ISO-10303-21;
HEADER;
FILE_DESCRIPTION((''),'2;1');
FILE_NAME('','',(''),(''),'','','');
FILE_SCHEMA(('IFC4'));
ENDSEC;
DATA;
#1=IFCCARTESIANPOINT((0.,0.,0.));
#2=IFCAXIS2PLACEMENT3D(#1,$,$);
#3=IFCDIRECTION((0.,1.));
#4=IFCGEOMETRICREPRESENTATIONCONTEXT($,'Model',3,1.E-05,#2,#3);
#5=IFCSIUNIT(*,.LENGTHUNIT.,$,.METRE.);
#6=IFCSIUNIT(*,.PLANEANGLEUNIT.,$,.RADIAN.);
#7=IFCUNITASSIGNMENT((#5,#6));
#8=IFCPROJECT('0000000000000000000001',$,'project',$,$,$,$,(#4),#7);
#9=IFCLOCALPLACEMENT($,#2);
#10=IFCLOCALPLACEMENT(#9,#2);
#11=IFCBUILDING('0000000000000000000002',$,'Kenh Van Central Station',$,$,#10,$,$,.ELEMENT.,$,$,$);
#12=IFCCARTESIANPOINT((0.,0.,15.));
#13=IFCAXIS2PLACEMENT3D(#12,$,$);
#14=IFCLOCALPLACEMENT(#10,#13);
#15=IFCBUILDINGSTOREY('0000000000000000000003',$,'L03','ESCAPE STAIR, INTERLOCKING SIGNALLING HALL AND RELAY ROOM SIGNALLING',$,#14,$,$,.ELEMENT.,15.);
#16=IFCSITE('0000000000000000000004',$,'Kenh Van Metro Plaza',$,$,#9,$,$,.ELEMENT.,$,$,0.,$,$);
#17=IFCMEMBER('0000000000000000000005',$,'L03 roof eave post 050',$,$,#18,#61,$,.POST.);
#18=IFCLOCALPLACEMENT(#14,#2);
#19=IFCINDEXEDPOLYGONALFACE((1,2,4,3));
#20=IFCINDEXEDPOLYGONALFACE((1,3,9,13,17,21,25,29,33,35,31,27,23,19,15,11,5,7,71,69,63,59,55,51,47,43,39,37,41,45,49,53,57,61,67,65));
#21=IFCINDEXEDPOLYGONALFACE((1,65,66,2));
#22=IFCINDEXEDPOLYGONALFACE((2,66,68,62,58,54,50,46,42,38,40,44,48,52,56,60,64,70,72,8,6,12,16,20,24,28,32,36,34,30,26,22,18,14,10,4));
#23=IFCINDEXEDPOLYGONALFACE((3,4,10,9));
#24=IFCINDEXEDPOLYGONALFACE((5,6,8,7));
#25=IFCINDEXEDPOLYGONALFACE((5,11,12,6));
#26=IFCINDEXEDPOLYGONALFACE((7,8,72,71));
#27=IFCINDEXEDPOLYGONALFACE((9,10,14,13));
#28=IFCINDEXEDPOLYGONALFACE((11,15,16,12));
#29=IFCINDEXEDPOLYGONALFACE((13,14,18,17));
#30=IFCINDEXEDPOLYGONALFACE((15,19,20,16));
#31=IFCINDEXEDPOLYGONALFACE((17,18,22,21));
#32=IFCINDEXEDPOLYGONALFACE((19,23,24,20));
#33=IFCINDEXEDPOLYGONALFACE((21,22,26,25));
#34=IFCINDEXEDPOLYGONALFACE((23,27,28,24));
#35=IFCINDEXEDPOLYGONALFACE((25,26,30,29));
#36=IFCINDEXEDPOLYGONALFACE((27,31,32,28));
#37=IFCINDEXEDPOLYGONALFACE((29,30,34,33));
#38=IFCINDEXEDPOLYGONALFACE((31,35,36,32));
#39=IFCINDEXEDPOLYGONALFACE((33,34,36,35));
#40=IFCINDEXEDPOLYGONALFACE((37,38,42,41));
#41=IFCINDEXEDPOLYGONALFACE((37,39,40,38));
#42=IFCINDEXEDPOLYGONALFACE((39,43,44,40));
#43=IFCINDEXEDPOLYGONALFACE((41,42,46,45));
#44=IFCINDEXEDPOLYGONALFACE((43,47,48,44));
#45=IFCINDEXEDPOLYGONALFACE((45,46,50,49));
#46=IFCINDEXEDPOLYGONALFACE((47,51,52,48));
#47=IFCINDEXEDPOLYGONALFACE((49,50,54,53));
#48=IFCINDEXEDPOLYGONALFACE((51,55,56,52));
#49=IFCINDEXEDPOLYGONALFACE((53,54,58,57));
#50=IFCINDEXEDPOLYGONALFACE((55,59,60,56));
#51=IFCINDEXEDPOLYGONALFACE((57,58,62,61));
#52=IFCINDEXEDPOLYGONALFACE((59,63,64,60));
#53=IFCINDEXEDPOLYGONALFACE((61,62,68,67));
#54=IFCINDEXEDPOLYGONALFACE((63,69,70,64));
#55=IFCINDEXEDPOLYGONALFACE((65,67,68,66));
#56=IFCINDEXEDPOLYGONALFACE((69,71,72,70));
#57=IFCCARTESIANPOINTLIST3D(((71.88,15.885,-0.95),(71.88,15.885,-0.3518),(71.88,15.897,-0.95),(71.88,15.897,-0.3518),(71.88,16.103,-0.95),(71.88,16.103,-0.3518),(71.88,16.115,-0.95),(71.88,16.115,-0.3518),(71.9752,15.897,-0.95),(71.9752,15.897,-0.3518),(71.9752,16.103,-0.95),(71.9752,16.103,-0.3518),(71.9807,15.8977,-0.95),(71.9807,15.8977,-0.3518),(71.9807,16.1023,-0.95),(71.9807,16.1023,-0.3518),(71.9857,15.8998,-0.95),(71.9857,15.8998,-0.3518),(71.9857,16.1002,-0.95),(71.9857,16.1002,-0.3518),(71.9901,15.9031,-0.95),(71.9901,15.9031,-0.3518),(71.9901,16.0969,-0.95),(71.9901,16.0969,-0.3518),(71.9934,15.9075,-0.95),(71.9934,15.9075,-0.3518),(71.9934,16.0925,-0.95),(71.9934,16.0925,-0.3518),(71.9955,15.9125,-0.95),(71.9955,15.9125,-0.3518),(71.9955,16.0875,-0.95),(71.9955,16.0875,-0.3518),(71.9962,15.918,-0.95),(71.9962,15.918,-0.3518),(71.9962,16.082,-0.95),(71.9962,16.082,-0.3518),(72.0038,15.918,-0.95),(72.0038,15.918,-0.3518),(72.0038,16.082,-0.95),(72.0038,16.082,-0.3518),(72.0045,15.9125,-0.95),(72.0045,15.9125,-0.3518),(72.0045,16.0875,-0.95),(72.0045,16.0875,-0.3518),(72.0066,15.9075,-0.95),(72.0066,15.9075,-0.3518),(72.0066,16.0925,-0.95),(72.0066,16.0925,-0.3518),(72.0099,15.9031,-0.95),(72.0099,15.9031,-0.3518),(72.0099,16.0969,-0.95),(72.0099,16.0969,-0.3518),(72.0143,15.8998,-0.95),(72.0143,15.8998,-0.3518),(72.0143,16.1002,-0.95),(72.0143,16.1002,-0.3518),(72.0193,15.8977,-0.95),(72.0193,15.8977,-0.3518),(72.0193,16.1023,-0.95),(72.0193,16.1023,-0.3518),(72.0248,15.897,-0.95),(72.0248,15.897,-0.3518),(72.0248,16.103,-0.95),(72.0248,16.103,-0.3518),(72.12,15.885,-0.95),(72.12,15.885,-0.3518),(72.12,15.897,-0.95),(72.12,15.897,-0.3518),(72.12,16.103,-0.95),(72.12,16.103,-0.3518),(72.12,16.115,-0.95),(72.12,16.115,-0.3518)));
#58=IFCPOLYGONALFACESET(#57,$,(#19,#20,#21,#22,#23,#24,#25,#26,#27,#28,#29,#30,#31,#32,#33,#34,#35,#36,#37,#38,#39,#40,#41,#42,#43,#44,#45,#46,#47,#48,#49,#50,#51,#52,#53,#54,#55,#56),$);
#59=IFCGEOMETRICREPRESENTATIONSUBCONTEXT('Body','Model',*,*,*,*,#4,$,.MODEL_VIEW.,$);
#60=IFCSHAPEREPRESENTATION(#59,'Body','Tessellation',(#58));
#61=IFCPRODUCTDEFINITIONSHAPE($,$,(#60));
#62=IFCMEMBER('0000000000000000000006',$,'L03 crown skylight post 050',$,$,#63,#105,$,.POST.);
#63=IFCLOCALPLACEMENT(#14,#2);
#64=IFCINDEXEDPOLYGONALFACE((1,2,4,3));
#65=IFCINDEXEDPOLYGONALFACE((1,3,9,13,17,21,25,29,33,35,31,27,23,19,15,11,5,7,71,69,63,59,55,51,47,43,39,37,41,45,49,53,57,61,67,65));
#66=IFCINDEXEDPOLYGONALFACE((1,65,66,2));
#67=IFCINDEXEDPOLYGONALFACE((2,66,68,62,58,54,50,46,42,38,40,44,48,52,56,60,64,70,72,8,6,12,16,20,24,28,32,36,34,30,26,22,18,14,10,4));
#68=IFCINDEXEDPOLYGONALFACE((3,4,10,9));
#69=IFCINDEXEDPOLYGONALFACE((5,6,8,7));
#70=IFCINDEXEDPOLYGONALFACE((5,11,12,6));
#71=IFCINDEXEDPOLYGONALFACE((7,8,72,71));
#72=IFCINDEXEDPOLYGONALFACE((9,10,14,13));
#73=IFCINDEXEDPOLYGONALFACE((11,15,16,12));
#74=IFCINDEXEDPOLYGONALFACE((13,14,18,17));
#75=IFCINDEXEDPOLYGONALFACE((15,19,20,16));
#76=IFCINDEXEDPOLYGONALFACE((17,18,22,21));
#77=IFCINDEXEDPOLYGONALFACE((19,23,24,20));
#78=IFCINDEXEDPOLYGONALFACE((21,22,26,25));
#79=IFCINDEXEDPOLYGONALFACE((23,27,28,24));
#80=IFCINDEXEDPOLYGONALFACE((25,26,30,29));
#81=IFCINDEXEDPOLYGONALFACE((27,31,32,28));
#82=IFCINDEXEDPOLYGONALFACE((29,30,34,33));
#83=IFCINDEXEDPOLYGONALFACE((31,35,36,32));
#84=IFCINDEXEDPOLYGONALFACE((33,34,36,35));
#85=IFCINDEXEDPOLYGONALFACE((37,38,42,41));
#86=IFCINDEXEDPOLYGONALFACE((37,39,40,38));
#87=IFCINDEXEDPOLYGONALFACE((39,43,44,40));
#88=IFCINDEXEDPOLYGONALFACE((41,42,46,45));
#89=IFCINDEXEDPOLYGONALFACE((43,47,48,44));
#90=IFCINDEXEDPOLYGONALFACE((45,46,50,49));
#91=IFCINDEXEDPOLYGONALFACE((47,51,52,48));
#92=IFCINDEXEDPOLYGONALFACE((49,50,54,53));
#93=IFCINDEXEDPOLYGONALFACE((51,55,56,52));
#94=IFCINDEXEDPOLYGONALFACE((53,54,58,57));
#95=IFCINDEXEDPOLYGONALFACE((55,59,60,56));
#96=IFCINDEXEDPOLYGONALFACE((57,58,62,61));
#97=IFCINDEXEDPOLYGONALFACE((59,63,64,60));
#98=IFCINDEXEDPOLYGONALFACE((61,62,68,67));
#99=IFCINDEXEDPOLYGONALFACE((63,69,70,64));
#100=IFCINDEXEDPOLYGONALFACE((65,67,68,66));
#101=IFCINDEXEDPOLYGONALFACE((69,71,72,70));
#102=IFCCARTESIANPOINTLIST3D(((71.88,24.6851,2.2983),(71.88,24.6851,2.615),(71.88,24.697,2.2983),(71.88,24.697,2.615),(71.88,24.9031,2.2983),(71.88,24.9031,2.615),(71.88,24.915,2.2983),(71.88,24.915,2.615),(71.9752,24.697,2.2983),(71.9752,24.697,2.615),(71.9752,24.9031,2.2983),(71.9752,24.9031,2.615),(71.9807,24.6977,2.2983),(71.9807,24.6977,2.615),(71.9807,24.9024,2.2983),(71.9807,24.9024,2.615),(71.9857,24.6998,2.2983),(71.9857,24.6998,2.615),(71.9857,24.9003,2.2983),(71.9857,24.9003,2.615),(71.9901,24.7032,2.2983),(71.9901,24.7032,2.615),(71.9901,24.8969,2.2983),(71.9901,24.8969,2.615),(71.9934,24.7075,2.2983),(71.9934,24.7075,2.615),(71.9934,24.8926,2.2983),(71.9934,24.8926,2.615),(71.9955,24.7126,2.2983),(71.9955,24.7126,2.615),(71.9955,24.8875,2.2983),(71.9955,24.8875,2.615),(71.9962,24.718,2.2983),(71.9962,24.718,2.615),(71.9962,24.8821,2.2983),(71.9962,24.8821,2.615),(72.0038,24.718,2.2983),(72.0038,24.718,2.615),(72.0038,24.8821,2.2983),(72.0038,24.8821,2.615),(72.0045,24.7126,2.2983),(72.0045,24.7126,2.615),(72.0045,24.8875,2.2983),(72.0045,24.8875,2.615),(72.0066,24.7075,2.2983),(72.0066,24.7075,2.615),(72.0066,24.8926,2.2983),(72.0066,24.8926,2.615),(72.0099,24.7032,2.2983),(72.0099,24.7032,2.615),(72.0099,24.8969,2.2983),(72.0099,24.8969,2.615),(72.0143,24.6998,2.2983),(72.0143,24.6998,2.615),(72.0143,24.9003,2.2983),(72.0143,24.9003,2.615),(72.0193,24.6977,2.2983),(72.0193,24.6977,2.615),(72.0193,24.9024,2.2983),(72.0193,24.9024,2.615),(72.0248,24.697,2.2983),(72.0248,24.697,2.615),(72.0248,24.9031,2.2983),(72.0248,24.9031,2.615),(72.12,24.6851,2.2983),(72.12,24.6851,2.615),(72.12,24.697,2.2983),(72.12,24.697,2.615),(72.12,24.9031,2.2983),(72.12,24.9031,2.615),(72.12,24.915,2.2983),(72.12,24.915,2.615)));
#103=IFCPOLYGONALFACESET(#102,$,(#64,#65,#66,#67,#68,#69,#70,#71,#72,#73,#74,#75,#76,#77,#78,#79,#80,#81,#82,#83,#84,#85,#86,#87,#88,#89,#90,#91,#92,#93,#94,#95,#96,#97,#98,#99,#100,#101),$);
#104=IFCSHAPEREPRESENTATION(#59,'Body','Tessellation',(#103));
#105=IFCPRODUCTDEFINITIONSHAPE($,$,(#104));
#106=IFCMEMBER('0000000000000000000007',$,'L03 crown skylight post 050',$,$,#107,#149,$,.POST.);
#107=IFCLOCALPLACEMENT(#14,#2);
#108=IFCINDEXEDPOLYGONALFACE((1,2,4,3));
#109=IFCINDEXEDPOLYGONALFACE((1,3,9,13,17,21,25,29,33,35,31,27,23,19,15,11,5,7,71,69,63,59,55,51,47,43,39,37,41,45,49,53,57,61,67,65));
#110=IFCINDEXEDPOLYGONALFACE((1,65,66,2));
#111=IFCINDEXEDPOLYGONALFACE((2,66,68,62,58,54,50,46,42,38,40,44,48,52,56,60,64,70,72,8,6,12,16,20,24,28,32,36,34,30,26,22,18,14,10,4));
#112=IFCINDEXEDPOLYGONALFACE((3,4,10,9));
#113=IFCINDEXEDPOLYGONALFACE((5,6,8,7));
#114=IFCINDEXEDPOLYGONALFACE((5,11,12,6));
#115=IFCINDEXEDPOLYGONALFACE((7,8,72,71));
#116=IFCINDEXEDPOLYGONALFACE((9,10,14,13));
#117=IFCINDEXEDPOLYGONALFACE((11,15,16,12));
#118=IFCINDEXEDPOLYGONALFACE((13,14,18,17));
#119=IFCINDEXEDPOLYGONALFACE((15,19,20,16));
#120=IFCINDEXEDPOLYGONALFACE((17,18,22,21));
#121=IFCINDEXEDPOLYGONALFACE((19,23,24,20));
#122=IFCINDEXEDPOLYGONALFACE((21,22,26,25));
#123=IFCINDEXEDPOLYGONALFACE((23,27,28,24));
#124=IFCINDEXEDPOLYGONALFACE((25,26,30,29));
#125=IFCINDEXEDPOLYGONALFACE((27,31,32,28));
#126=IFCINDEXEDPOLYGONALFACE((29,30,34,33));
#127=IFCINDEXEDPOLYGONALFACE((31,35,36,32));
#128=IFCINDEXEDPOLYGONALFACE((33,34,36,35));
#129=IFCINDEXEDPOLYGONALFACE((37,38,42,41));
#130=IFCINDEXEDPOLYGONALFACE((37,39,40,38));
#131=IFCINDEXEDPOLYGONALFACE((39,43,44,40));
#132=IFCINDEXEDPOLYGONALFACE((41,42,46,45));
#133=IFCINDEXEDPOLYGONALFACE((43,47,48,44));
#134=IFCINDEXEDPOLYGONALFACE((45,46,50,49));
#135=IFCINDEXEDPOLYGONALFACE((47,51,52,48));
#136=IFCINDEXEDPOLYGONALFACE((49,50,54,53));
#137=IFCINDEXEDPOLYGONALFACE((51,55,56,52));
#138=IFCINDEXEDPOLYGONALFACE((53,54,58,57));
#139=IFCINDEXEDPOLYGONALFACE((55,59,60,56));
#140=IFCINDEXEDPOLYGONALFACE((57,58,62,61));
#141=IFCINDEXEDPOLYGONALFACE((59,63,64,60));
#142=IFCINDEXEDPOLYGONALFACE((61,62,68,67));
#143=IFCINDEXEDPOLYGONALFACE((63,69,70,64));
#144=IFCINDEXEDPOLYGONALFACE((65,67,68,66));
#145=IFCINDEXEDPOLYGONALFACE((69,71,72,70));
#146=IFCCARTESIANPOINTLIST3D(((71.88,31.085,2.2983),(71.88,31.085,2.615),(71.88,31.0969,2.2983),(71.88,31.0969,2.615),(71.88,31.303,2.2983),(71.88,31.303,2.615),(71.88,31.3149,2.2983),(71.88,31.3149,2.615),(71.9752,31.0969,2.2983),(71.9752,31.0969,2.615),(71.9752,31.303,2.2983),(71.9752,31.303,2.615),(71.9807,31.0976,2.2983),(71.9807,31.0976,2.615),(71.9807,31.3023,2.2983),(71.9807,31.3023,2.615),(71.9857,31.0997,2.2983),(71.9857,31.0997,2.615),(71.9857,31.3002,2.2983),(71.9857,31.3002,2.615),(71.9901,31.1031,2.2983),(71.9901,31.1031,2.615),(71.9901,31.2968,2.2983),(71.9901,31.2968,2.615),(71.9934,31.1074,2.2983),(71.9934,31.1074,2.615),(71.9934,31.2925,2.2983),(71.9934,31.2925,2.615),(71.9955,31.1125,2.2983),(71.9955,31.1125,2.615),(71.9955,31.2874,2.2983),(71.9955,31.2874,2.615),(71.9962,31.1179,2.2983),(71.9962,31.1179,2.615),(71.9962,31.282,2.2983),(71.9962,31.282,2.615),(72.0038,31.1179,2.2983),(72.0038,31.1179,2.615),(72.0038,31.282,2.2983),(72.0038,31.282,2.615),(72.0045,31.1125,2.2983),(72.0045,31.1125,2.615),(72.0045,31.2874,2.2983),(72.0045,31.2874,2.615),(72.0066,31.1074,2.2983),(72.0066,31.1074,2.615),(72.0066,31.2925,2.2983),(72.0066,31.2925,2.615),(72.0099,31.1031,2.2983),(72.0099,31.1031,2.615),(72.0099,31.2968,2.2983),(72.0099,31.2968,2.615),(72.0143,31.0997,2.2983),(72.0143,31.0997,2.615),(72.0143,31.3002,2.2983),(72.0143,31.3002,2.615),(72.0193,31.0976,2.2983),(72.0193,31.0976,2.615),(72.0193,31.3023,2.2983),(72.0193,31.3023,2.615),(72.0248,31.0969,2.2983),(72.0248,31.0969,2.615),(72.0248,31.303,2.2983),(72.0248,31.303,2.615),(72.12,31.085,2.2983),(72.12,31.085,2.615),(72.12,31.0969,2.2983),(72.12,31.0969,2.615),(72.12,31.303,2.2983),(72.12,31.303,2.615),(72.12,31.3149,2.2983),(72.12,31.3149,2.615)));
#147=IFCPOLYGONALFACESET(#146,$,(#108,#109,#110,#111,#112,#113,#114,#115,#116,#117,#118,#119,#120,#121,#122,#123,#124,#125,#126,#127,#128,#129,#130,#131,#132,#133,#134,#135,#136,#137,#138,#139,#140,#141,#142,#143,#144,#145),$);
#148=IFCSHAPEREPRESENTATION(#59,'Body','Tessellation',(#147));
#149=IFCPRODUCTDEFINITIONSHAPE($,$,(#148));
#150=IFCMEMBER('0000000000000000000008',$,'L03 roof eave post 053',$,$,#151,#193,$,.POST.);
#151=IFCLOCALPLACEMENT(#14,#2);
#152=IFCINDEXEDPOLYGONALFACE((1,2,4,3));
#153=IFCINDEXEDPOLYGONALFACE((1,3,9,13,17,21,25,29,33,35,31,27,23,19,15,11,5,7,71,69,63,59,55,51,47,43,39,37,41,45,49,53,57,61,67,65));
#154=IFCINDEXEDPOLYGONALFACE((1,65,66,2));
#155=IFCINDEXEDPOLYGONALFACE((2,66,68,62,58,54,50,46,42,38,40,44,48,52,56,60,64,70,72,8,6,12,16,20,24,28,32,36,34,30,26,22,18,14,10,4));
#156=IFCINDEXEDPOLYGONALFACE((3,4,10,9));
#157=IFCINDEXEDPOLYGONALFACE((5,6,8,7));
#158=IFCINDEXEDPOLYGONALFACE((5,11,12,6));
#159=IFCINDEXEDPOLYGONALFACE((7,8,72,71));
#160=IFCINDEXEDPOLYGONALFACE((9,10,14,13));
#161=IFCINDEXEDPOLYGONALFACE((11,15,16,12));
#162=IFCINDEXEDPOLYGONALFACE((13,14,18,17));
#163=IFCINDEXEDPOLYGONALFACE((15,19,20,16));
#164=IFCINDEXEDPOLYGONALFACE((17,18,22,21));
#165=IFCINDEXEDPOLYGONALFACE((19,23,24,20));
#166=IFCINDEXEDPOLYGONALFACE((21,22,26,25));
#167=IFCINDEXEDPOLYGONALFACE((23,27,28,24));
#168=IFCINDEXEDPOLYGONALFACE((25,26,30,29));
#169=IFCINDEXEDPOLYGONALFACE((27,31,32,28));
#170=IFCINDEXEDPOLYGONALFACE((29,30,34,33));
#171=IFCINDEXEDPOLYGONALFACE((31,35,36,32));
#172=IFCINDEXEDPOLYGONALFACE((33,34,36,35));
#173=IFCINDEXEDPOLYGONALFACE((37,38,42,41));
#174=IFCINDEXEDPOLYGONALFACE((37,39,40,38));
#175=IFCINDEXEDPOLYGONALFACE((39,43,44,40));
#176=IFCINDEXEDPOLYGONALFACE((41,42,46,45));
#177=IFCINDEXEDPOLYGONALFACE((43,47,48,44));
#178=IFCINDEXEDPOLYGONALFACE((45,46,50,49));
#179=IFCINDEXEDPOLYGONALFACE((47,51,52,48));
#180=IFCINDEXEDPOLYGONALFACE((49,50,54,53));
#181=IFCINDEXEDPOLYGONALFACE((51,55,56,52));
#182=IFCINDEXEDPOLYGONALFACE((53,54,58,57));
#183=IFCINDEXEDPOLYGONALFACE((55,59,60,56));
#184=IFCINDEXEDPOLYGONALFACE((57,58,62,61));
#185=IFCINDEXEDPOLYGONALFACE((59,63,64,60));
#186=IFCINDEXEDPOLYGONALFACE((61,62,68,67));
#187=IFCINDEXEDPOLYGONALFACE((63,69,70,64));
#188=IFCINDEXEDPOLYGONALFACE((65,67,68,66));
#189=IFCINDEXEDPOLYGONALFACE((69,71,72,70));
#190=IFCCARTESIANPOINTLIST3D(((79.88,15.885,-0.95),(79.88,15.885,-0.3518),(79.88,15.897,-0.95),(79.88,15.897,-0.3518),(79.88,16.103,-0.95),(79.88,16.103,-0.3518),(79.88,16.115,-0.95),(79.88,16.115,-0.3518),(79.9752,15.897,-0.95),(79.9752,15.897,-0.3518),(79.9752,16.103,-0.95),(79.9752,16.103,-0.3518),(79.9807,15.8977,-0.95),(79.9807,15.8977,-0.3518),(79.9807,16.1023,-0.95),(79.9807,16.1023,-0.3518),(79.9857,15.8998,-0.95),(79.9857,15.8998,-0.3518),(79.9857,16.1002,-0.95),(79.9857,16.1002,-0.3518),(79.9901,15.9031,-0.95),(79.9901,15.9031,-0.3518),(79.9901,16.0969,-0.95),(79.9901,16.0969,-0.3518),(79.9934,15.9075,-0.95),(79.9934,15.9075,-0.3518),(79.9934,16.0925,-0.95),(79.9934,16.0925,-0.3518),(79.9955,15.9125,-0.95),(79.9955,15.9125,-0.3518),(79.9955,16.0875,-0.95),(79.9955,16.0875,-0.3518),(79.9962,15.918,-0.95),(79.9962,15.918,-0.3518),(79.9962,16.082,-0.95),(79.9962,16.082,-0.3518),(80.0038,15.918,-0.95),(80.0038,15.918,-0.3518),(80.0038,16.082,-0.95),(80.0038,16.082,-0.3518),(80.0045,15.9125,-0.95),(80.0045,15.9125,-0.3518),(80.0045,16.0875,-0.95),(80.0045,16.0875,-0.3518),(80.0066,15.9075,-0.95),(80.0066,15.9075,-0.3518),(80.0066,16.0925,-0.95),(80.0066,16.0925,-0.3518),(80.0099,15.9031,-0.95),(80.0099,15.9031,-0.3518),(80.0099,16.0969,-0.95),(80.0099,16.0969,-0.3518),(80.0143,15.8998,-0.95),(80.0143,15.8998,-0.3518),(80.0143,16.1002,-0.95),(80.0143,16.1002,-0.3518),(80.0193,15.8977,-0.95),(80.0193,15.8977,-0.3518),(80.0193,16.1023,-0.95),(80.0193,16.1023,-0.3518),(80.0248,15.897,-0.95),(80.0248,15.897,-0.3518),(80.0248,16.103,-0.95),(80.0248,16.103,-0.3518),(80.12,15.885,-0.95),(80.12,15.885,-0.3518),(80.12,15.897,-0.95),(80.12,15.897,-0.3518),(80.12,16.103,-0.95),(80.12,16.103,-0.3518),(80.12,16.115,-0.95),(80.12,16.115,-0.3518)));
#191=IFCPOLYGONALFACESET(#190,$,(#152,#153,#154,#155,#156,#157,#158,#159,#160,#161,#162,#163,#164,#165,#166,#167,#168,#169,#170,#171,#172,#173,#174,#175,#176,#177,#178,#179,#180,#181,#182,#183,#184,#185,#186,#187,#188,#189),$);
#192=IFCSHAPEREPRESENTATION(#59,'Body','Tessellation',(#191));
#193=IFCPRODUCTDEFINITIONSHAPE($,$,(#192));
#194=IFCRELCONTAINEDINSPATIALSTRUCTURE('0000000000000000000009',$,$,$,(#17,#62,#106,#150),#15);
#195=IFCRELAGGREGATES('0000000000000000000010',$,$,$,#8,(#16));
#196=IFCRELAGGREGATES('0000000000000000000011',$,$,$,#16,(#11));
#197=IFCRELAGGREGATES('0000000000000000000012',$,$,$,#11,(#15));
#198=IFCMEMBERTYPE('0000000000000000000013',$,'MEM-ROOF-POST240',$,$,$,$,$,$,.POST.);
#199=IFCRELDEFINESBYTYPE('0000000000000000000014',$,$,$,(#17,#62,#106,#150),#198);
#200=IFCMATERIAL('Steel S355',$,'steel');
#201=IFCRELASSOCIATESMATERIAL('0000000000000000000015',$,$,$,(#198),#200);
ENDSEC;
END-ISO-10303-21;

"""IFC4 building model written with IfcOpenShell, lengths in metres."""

from ifc_helpers import new_model, si_unit, direction, frame, origin, origin_2d, place, context, subcontext, project, spatial, i_section, extrude, material, material_profile, profile_set, type_object, element, save


model = new_model("IFC4")

# Units and contexts
model_context = context("Model", 3, precision=1e-05, world=origin(), true_north=direction((0.0, 1.0)))
body_context = subcontext(model_context, "Body", "Model", "MODEL_VIEW")
ifc_project = project(units=[si_unit("LENGTHUNIT", "METRE"), si_unit("PLANEANGLEUNIT", "RADIAN")], contexts=[model_context])

# Site, building, storey
site_placement = place(None, origin())
site = spatial("IfcSite", under=ifc_project, at=site_placement, Name="Kenh Van Metro Plaza", CompositionType="ELEMENT", RefElevation=0.0)
building_placement = place(site_placement, origin())
building = spatial("IfcBuilding", under=site, at=building_placement, Name="Kenh Van Central Station", CompositionType="ELEMENT")
storey_placement = place(building_placement, frame((0.0, 0.0, 15.0)))
storey = spatial("IfcBuildingStorey", under=building, at=storey_placement, Name="L03", Description="ESCAPE STAIR, INTERLOCKING SIGNALLING HALL AND RELAY ROOM SIGNALLING", CompositionType="ELEMENT", Elevation=15.0)

# Shared definitions
ifc_material_1 = material(Name="Steel S355", Category="steel")

# Members
ifc_material_profile_1 = material_profile(ifc_material_1, i_section(OverallWidth=0.24, OverallDepth=0.23, WebThickness=0.0076, FlangeThickness=0.012, FilletRadius=0.021, at=origin_2d()), Name="HEA 240")
ifc_profile_set_1 = profile_set([ifc_material_profile_1], Name="Steel S355")
member_type_1 = type_object("IfcMemberType", Name="MEM-ROOF-POST240", PredefinedType="POST", material=ifc_profile_set_1)
member_1_placement = place(storey_placement, frame((72.0, 16.0, -0.95), z_axis=(0.0, 0.0, 1.0), x_axis=(1.0, 0.0, 0.0)))
element("IfcMember", 1, at=member_1_placement, inside=storey, type_object=member_type_1, Name="L03 roof eave post 050", PredefinedType="POST", context=body_context, shape_type="SweptSolid", body=[
    extrude(i_section(OverallWidth=0.24, OverallDepth=0.23, WebThickness=0.0076, FlangeThickness=0.012, FilletRadius=0.021, at=origin_2d()), origin(), (0.0, 0.0, 1.0), 0.5981),
])
for number, where, z_axis, x_axis, name in (
    (2, (72.0, 24.8, 2.2983), (0.0, 0.0, 1.0), (1.0, 0.0, 0.0), "L03 crown skylight post 050"),
    (3, (72.0, 31.2, 2.2983), (0.0, 0.0, 1.0), (1.0, 0.0, 0.0), "L03 crown skylight post 050"),
):
    element("IfcMember", number, at=place(storey_placement, frame(where, z_axis=z_axis, x_axis=x_axis)), inside=storey, type_object=member_type_1, Name=name, PredefinedType="POST", context=body_context, shape_type="SweptSolid", body=[
        extrude(i_section(OverallWidth=0.24, OverallDepth=0.23, WebThickness=0.0076, FlangeThickness=0.012, FilletRadius=0.021, at=origin_2d()), origin(), (0.0, 0.0, 1.0), 0.3167),
    ])
member_2_placement = place(storey_placement, frame((80.0, 16.0, -0.95), z_axis=(0.0, 0.0, 1.0), x_axis=(1.0, 0.0, 0.0)))
element("IfcMember", 4, at=member_2_placement, inside=storey, type_object=member_type_1, Name="L03 roof eave post 053", PredefinedType="POST", context=body_context, shape_type="SweptSolid", body=[
    extrude(i_section(OverallWidth=0.24, OverallDepth=0.23, WebThickness=0.0076, FlangeThickness=0.012, FilletRadius=0.021, at=origin_2d()), origin(), (0.0, 0.0, 1.0), 0.5981),
])

save(model, "model.ifc")
